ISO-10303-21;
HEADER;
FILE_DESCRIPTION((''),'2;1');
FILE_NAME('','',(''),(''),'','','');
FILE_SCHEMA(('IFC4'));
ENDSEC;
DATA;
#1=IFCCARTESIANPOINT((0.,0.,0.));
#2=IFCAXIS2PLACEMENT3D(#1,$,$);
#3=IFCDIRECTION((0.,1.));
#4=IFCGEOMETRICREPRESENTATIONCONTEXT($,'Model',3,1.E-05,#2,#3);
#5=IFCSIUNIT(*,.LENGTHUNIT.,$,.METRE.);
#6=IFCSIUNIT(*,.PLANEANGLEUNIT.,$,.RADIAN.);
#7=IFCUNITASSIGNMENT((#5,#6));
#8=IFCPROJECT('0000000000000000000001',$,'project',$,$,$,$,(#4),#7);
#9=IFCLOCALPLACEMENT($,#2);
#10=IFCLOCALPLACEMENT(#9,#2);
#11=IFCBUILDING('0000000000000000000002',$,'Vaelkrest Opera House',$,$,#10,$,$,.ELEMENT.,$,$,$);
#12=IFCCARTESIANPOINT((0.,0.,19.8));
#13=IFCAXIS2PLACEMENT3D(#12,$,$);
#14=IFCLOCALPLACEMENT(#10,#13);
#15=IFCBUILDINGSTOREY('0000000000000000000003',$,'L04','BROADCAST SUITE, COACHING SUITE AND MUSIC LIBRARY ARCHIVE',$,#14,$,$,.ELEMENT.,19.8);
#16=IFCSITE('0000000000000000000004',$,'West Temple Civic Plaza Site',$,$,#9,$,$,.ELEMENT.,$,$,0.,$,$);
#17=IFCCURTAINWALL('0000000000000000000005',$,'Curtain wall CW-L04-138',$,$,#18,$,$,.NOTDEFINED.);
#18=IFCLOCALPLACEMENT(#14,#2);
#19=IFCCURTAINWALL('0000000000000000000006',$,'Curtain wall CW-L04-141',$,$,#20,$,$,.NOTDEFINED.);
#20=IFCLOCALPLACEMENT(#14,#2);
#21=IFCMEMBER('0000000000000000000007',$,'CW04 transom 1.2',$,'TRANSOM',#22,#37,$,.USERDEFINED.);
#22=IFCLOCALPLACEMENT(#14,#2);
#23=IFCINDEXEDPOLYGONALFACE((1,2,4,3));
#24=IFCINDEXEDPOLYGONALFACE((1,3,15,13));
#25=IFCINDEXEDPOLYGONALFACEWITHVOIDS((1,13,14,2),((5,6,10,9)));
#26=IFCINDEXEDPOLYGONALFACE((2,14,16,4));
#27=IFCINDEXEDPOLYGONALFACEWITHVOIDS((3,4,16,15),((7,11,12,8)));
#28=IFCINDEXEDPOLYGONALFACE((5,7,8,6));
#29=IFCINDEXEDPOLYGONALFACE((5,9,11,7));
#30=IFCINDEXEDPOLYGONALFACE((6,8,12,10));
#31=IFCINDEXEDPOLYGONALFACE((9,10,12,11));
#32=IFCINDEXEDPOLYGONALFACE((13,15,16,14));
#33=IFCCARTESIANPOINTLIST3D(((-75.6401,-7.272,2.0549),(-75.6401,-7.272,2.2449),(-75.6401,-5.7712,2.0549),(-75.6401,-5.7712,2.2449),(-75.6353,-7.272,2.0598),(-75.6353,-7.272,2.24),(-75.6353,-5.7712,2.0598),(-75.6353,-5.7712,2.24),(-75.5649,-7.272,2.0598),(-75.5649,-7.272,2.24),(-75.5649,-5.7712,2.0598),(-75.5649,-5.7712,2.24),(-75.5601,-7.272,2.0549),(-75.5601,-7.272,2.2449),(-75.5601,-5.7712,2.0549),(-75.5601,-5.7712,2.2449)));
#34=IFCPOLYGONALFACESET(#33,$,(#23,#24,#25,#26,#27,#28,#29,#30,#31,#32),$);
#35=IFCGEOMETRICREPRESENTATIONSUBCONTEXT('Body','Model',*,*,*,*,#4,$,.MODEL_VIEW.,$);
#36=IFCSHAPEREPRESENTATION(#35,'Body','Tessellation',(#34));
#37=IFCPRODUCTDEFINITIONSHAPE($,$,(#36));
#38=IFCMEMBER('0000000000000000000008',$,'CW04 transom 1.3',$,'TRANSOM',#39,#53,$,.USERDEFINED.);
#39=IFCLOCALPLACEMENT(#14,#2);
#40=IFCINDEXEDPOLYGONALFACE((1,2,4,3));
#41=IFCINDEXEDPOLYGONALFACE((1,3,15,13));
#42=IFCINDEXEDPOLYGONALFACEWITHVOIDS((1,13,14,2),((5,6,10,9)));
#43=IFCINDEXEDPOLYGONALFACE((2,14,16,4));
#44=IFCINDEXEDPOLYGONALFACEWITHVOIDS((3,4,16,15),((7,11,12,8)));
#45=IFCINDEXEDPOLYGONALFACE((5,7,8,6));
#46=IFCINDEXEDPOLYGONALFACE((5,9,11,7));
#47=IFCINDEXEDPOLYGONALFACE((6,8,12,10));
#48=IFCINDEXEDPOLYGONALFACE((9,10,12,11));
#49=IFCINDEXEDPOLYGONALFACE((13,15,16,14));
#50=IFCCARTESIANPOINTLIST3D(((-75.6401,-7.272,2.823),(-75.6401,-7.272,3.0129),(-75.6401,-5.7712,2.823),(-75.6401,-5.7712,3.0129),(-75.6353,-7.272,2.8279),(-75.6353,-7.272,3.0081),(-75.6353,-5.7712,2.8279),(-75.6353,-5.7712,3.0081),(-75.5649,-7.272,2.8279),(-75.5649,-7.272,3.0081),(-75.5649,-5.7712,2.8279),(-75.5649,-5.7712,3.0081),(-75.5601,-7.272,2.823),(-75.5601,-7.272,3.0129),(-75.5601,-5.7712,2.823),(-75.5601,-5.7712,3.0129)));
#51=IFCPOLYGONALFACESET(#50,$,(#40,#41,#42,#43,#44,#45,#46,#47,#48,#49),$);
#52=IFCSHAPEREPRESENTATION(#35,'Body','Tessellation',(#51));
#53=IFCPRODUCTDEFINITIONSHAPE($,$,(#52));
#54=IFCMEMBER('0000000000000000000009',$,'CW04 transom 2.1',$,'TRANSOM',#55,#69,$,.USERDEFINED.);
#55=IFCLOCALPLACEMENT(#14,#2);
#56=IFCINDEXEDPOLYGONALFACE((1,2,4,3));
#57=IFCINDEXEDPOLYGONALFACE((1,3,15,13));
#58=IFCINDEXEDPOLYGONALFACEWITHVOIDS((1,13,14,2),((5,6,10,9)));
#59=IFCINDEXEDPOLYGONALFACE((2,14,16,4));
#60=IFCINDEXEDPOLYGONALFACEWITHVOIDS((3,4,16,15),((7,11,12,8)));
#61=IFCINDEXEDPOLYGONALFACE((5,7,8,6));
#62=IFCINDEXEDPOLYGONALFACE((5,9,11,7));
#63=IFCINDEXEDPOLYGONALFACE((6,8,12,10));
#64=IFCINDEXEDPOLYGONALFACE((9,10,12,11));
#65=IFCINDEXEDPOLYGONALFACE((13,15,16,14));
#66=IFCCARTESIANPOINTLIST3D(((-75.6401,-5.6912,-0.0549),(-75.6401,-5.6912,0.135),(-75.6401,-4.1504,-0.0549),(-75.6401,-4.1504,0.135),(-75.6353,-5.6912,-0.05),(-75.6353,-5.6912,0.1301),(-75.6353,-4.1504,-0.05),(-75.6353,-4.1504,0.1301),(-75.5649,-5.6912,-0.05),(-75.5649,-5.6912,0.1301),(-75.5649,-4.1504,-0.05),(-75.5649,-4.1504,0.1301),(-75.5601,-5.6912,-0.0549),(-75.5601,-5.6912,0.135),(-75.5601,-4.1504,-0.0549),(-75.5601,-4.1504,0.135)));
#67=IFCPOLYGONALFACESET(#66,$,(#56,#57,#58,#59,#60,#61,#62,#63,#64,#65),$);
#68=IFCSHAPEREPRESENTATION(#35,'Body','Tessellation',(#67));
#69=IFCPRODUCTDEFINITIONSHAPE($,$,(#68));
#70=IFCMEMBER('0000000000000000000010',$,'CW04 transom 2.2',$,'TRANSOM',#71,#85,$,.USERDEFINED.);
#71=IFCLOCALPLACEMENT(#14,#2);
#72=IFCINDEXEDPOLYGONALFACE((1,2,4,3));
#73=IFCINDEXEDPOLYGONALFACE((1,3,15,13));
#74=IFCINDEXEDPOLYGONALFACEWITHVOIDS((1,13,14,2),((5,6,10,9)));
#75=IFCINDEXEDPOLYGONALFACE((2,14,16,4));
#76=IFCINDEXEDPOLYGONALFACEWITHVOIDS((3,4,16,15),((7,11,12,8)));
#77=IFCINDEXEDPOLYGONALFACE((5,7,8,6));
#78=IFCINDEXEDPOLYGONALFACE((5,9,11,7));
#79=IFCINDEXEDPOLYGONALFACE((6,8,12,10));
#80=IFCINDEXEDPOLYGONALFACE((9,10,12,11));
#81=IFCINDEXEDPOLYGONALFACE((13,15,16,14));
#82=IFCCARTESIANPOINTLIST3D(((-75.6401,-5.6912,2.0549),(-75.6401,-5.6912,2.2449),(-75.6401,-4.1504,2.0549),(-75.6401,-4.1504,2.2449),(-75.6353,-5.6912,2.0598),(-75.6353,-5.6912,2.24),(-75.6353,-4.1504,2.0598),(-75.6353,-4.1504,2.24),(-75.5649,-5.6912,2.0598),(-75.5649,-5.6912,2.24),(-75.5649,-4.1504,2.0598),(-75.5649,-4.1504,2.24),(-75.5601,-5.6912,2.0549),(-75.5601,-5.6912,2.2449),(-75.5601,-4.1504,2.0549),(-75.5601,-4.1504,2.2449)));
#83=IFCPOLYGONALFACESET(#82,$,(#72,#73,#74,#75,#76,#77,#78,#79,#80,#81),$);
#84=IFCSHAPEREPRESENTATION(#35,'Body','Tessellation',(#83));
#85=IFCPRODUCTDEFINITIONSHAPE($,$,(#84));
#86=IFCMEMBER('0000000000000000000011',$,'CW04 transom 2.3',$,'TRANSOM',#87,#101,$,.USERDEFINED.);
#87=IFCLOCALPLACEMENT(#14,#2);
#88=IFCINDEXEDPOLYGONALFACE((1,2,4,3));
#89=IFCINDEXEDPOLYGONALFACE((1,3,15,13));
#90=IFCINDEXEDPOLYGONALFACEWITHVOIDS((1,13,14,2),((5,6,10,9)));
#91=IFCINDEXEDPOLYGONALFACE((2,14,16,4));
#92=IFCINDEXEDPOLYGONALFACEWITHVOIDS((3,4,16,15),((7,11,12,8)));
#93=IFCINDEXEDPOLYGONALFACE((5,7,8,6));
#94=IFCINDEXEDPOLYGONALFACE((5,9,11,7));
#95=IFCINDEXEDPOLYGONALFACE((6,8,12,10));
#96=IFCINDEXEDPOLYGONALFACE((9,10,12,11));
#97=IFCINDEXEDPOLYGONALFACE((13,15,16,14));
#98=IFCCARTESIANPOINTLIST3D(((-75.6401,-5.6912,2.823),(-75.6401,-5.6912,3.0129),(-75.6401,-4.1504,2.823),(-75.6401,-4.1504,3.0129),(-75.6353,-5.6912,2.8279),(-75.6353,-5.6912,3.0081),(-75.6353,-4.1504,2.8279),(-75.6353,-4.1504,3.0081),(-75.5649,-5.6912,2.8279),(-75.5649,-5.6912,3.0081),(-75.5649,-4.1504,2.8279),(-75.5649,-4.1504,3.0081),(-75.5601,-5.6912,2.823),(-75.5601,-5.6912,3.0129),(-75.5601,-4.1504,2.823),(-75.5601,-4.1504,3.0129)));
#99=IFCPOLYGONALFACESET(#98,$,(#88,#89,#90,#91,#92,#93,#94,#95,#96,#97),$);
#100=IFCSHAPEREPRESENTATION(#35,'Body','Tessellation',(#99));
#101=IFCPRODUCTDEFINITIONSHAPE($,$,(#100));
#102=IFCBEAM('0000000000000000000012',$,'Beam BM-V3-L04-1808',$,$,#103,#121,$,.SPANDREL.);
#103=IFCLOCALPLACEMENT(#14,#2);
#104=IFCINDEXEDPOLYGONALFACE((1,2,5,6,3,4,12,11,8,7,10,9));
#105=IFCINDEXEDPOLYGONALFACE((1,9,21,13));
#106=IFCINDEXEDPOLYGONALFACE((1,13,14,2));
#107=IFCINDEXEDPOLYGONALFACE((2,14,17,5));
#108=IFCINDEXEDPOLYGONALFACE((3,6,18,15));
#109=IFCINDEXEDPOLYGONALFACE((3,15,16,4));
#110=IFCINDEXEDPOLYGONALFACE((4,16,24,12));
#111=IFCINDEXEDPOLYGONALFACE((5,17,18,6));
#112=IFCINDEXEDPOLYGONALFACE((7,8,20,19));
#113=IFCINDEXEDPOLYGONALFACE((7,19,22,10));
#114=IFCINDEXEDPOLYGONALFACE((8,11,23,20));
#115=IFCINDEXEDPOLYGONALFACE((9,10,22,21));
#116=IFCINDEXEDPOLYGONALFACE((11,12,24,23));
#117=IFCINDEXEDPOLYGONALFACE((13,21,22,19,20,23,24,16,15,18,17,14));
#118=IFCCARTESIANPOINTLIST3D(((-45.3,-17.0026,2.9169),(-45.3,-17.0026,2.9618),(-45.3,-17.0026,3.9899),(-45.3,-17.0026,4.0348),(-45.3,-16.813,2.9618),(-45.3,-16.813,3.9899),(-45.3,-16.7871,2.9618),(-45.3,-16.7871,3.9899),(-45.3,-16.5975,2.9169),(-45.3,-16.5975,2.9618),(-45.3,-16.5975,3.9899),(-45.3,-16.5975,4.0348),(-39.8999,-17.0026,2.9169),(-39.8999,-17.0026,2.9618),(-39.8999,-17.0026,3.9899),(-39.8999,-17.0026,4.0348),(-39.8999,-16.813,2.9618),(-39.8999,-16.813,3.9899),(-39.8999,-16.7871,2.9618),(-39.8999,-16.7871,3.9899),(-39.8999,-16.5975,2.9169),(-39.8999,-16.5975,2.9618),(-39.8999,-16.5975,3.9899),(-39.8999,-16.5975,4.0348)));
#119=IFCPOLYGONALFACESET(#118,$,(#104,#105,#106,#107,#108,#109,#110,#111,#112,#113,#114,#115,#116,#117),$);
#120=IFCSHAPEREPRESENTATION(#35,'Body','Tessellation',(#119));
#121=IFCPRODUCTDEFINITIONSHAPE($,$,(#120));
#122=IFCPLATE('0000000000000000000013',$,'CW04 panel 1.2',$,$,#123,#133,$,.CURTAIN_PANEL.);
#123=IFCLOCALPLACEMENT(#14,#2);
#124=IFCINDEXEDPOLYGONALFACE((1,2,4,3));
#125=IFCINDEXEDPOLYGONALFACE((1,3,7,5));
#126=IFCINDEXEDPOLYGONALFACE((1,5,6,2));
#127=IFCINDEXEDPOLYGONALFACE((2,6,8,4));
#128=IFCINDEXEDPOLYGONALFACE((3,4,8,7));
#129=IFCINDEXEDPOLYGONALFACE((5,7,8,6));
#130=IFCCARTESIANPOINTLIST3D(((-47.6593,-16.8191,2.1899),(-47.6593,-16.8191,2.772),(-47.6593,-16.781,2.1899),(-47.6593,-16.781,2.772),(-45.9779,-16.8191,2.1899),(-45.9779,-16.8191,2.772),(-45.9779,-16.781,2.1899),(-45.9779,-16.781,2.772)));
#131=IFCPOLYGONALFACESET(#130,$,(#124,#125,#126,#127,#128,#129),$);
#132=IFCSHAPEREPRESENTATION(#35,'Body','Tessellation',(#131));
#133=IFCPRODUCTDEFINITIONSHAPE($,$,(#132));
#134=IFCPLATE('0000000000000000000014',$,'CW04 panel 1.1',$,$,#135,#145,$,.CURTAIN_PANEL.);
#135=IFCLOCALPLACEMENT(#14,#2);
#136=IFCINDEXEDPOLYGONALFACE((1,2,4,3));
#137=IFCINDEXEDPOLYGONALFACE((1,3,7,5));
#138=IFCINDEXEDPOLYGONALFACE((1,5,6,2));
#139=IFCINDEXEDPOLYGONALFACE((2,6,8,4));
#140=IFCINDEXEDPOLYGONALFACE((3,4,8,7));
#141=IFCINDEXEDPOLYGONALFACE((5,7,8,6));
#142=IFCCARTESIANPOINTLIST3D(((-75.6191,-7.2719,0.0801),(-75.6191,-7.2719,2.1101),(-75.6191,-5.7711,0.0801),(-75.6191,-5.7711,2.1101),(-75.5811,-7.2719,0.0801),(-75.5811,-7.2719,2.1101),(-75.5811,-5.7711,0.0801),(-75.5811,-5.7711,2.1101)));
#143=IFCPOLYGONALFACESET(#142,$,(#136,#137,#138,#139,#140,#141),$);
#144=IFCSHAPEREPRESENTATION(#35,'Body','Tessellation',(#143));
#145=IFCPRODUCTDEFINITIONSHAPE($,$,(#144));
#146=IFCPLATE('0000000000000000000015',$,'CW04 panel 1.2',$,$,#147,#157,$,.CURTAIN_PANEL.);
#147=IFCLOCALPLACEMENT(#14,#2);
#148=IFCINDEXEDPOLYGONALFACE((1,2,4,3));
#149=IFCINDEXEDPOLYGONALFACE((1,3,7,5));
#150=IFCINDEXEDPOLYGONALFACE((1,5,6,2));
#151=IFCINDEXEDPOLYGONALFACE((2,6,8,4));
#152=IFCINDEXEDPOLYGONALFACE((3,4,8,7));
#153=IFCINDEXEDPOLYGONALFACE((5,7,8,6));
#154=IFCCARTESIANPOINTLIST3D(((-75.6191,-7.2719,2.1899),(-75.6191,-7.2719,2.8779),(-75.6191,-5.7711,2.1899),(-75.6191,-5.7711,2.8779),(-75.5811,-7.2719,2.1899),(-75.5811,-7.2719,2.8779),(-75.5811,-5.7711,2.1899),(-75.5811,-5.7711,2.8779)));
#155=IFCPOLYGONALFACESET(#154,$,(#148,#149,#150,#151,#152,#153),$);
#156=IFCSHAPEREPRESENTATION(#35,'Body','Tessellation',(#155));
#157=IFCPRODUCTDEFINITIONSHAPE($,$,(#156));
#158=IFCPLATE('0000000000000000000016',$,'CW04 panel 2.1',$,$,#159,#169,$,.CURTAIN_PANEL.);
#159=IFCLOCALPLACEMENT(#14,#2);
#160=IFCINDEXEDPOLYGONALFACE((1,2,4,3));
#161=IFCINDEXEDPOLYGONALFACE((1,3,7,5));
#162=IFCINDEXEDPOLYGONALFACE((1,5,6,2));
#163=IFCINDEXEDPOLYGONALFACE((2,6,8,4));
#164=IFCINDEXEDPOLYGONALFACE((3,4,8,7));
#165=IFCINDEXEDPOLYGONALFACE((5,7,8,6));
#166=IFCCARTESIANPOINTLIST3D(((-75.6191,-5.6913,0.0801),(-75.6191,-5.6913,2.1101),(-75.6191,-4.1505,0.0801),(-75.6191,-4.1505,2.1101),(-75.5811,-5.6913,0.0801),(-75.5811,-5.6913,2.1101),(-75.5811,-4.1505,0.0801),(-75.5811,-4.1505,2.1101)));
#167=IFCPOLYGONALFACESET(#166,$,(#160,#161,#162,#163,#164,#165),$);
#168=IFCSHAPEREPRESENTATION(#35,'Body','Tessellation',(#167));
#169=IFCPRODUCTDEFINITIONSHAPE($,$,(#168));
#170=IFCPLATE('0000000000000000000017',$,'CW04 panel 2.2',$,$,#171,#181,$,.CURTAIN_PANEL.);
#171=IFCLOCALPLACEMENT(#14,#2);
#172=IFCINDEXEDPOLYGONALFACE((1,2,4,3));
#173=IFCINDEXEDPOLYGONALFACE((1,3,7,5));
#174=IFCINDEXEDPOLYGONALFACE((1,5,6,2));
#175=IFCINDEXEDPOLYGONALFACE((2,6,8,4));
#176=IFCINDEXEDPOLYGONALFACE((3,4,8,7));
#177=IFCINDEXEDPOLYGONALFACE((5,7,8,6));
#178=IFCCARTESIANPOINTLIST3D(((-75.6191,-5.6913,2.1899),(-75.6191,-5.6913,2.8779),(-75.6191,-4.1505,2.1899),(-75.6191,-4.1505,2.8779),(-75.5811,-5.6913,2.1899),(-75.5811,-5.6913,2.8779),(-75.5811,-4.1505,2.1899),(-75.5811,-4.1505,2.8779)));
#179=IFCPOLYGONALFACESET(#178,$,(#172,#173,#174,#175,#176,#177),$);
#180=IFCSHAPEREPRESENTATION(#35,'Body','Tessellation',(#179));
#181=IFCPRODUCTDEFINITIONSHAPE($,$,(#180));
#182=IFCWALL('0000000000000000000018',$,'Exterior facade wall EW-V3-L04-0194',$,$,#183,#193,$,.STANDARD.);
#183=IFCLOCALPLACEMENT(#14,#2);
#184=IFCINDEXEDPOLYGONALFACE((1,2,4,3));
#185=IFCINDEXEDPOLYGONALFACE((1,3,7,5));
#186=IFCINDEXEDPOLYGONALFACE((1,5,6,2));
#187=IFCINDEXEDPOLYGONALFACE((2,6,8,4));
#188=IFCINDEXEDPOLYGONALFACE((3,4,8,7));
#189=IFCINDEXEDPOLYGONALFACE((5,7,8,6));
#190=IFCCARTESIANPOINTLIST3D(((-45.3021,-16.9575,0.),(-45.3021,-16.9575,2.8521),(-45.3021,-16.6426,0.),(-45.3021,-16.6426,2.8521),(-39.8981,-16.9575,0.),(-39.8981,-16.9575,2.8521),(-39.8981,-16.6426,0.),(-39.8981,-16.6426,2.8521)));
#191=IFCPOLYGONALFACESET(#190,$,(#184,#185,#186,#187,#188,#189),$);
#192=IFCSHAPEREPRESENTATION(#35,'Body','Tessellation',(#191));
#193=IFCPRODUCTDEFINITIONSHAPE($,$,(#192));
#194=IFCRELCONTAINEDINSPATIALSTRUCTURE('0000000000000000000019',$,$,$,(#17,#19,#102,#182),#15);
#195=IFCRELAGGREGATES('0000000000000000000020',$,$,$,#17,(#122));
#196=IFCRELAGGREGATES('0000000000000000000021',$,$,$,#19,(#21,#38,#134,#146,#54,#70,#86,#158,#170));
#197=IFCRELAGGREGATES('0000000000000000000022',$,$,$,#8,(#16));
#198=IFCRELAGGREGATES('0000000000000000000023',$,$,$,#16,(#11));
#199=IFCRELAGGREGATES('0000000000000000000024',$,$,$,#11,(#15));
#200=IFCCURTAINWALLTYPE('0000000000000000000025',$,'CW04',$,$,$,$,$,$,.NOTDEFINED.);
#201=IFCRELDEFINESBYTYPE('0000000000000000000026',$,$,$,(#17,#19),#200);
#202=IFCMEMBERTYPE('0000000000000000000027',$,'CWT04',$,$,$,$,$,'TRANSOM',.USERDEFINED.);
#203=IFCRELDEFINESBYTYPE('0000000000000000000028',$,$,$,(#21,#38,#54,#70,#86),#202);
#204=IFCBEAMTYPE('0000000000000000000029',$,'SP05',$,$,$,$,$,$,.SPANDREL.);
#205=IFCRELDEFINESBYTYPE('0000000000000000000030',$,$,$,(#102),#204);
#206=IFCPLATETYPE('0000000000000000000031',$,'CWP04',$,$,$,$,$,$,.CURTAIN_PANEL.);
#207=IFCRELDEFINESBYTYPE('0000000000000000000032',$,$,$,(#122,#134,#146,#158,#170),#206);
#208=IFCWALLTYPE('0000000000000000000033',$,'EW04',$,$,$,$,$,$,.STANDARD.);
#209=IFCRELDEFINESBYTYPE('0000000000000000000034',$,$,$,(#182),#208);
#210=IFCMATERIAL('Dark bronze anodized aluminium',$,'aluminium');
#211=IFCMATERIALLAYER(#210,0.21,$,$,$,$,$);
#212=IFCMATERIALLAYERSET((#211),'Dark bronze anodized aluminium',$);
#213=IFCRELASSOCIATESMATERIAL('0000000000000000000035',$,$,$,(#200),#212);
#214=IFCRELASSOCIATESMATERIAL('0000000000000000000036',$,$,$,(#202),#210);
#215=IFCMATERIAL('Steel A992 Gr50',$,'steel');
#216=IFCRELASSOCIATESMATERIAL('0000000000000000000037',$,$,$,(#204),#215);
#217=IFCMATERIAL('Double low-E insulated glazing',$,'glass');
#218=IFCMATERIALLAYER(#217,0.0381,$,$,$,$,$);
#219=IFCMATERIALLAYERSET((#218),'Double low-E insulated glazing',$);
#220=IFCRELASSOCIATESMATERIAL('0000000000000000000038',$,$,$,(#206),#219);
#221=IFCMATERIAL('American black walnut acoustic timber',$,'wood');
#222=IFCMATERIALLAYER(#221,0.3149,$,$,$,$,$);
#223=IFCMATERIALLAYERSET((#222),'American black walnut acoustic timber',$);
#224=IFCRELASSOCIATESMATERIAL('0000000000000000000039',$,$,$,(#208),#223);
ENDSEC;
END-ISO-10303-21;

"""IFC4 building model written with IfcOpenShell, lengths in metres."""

from ifc_helpers import new_model, si_unit, direction, frame, frame_2d, origin, origin_2d, place, context, subcontext, project, spatial, rectangle, hollow_rectangle, i_section, extrude, material, layer, layer_set, material_profile, profile_set, type_object, element, aggregate, save


model = new_model("IFC4")

# Units and contexts
model_context = context("Model", 3, precision=1e-05, world=origin(), true_north=direction((0.0, 1.0)))
body_context = subcontext(model_context, "Body", "Model", "MODEL_VIEW")
ifc_project = project(units=[si_unit("LENGTHUNIT", "METRE"), si_unit("PLANEANGLEUNIT", "RADIAN")], contexts=[model_context])

# Site, building, storey
site_placement = place(None, origin())
site = spatial("IfcSite", under=ifc_project, at=site_placement, Name="West Temple Civic Plaza Site", CompositionType="ELEMENT", RefElevation=0.0)
building_placement = place(site_placement, origin())
building = spatial("IfcBuilding", under=site, at=building_placement, Name="Vaelkrest Opera House", CompositionType="ELEMENT")
storey_placement = place(building_placement, frame((0.0, 0.0, 19.8)))
storey = spatial("IfcBuildingStorey", under=building, at=storey_placement, Name="L04", Description="BROADCAST SUITE, COACHING SUITE AND MUSIC LIBRARY ARCHIVE", CompositionType="ELEMENT", Elevation=19.8)

# Curtain wall
ifc_material_1 = material(Name="Dark bronze anodized aluminium", Category="aluminium")
ifc_layer_1 = layer(ifc_material_1, 0.21)
ifc_layer_set_1 = layer_set([ifc_layer_1], Name="Dark bronze anodized aluminium")
curtain_wall_type = type_object("IfcCurtainWallType", Name="CW04", PredefinedType="NOTDEFINED", material=ifc_layer_set_1)
curtain_wall_1_placement = place(storey_placement, origin())
curtain_wall_1 = element("IfcCurtainWall", 1, at=curtain_wall_1_placement, inside=storey, type_object=curtain_wall_type, Name="Curtain wall CW-L04-138", PredefinedType="NOTDEFINED")

# Curtain wall
curtain_wall_2_placement = place(storey_placement, origin())
curtain_wall_2 = element("IfcCurtainWall", 2, at=curtain_wall_2_placement, inside=storey, type_object=curtain_wall_type, Name="Curtain wall CW-L04-141", PredefinedType="NOTDEFINED")

# Members
ifc_material_profile_1 = material_profile(ifc_material_1, hollow_rectangle(XDim=0.0801, YDim=0.1899, WallThickness=0.0049, at=origin_2d()), Name="CWT80X190")
ifc_profile_set_1 = profile_set([ifc_material_profile_1], Name="Dark bronze anodized aluminium")
member_type_1 = type_object("IfcMemberType", Name="CWT04", ElementType="TRANSOM", PredefinedType="USERDEFINED", material=ifc_profile_set_1)
member_1_placement = place(storey_placement, frame((-75.6001, -7.272, 2.1499), z_axis=(0.0, 1.0, 0.0), x_axis=(-1.0, 0.0, 0.0)))
member_1 = element("IfcMember", 3, at=member_1_placement, type_object=member_type_1, Name="CW04 transom 1.2", ObjectType="TRANSOM", PredefinedType="USERDEFINED", context=body_context, shape_type="SweptSolid", body=[
    extrude(hollow_rectangle(XDim=0.0801, YDim=0.1899, WallThickness=0.0049, at=origin_2d()), origin(), (0.0, 0.0, 1.0), 1.5007),
])
member_2_placement = place(storey_placement, frame((-75.6001, -7.272, 2.918), z_axis=(0.0, 1.0, 0.0), x_axis=(-1.0, 0.0, 0.0)))
member_2 = element("IfcMember", 4, at=member_2_placement, type_object=member_type_1, Name="CW04 transom 1.3", ObjectType="TRANSOM", PredefinedType="USERDEFINED", context=body_context, shape_type="SweptSolid", body=[
    extrude(hollow_rectangle(XDim=0.0801, YDim=0.1899, WallThickness=0.0049, at=origin_2d()), origin(), (0.0, 0.0, 1.0), 1.5007),
])
member_3_placement = place(storey_placement, frame((-75.6001, -5.6912, 0.04), z_axis=(0.0, 1.0, 0.0), x_axis=(-1.0, 0.0, 0.0)))
member_3 = element("IfcMember", 5, at=member_3_placement, type_object=member_type_1, Name="CW04 transom 2.1", ObjectType="TRANSOM", PredefinedType="USERDEFINED", context=body_context, shape_type="SweptSolid", body=[
    extrude(hollow_rectangle(XDim=0.0801, YDim=0.1899, WallThickness=0.0049, at=origin_2d()), origin(), (0.0, 0.0, 1.0), 1.5408),
])
member_4_placement = place(storey_placement, frame((-75.6001, -5.6912, 2.1499), z_axis=(0.0, 1.0, 0.0), x_axis=(-1.0, 0.0, 0.0)))
member_4 = element("IfcMember", 6, at=member_4_placement, type_object=member_type_1, Name="CW04 transom 2.2", ObjectType="TRANSOM", PredefinedType="USERDEFINED", context=body_context, shape_type="SweptSolid", body=[
    extrude(hollow_rectangle(XDim=0.0801, YDim=0.1899, WallThickness=0.0049, at=origin_2d()), origin(), (0.0, 0.0, 1.0), 1.5408),
])
member_5_placement = place(storey_placement, frame((-75.6001, -5.6912, 2.918), z_axis=(0.0, 1.0, 0.0), x_axis=(-1.0, 0.0, 0.0)))
member_5 = element("IfcMember", 7, at=member_5_placement, type_object=member_type_1, Name="CW04 transom 2.3", ObjectType="TRANSOM", PredefinedType="USERDEFINED", context=body_context, shape_type="SweptSolid", body=[
    extrude(hollow_rectangle(XDim=0.0801, YDim=0.1899, WallThickness=0.0049, at=origin_2d()), origin(), (0.0, 0.0, 1.0), 1.5408),
])

# Beam
ifc_material_2 = material(Name="Steel A992 Gr50", Category="steel")
ifc_material_profile_2 = material_profile(ifc_material_2, i_section(OverallWidth=0.405, OverallDepth=1.1179, WebThickness=0.0259, FlangeThickness=0.0449, at=origin_2d()), Name="W44X335")
ifc_profile_set_2 = profile_set([ifc_material_profile_2], Name="Steel A992 Gr50")
beam_type = type_object("IfcBeamType", Name="SP05", PredefinedType="SPANDREL", material=ifc_profile_set_2)
beam_placement = place(storey_placement, frame((-45.3, -16.8, 3.4758), z_axis=(1.0, 0.0, 0.0), x_axis=(0.0, 1.0, 0.0)))
element("IfcBeam", 8, at=beam_placement, inside=storey, type_object=beam_type, Name="Beam BM-V3-L04-1808", PredefinedType="SPANDREL", context=body_context, shape_type="SweptSolid", body=[
    extrude(i_section(OverallWidth=0.405, OverallDepth=1.1179, WebThickness=0.0259, FlangeThickness=0.0449, at=origin_2d()), origin(), (0.0, 0.0, 1.0), 5.4001),
])

# Plates
ifc_material_3 = material(Name="Double low-E insulated glazing", Category="glass")
ifc_layer_2 = layer(ifc_material_3, 0.0381)
ifc_layer_set_2 = layer_set([ifc_layer_2], Name="Double low-E insulated glazing")
plate_type = type_object("IfcPlateType", Name="CWP04", PredefinedType="CURTAIN_PANEL", material=ifc_layer_set_2)
plate_1_placement = place(storey_placement, frame((-46.8186, -16.8, 2.1899), z_axis=(0.0, 0.0, 1.0), x_axis=(-1.0, 0.0, 0.0)))
plate_1 = element("IfcPlate", 9, at=plate_1_placement, type_object=plate_type, Name="CW04 panel 1.2", PredefinedType="CURTAIN_PANEL", context=body_context, shape_type="SweptSolid", body=[
    extrude(rectangle(XDim=1.6814, YDim=0.0381, at=origin_2d()), origin(), (0.0, 0.0, 1.0), 0.582),
])
aggregate(curtain_wall_1, [plate_1])
plate_2_placement = place(storey_placement, frame((-75.6001, -6.5215, 0.0801), z_axis=(0.0, 0.0, 1.0), x_axis=(0.0, 1.0, 0.0)))
plate_2 = element("IfcPlate", 10, at=plate_2_placement, type_object=plate_type, Name="CW04 panel 1.1", PredefinedType="CURTAIN_PANEL", context=body_context, shape_type="SweptSolid", body=[
    extrude(rectangle(XDim=1.5007, YDim=0.0381, at=origin_2d()), origin(), (0.0, 0.0, 1.0), 2.03),
])
plate_3_placement = place(storey_placement, frame((-75.6001, -6.5215, 2.1899), z_axis=(0.0, 0.0, 1.0), x_axis=(0.0, 1.0, 0.0)))
plate_3 = element("IfcPlate", 11, at=plate_3_placement, type_object=plate_type, Name="CW04 panel 1.2", PredefinedType="CURTAIN_PANEL", context=body_context, shape_type="SweptSolid", body=[
    extrude(rectangle(XDim=1.5007, YDim=0.0381, at=origin_2d()), origin(), (0.0, 0.0, 1.0), 0.688),
])
plate_4_placement = place(storey_placement, frame((-75.6001, -4.9209, 0.0801), z_axis=(0.0, 0.0, 1.0), x_axis=(0.0, 1.0, 0.0)))
plate_4 = element("IfcPlate", 12, at=plate_4_placement, type_object=plate_type, Name="CW04 panel 2.1", PredefinedType="CURTAIN_PANEL", context=body_context, shape_type="SweptSolid", body=[
    extrude(rectangle(XDim=1.5408, YDim=0.0381, at=origin_2d()), origin(), (0.0, 0.0, 1.0), 2.03),
])
plate_5_placement = place(storey_placement, frame((-75.6001, -4.9209, 2.1899), z_axis=(0.0, 0.0, 1.0), x_axis=(0.0, 1.0, 0.0)))
plate_5 = element("IfcPlate", 13, at=plate_5_placement, type_object=plate_type, Name="CW04 panel 2.2", PredefinedType="CURTAIN_PANEL", context=body_context, shape_type="SweptSolid", body=[
    extrude(rectangle(XDim=1.5408, YDim=0.0381, at=origin_2d()), origin(), (0.0, 0.0, 1.0), 0.688),
])
aggregate(curtain_wall_2, [member_1, member_2, plate_2, plate_3, member_3, member_4, member_5, plate_4, plate_5])

# Wall
ifc_material_4 = material(Name="American black walnut acoustic timber", Category="wood")
ifc_layer_3 = layer(ifc_material_4, 0.3149)
ifc_layer_set_3 = layer_set([ifc_layer_3], Name="American black walnut acoustic timber")
wall_type_1 = type_object("IfcWallType", Name="EW04", PredefinedType="STANDARD", material=ifc_layer_set_3)
wall_1_placement = place(storey_placement, frame((-39.8979, -16.8, 0.0), z_axis=(0.0, 0.0, 1.0), x_axis=(-1.0, 0.0, 0.0)))
element("IfcWall", 14, at=wall_1_placement, inside=storey, type_object=wall_type_1, Name="Exterior facade wall EW-V3-L04-0194", PredefinedType="STANDARD", context=body_context, shape_type="SweptSolid", body=[
    extrude(rectangle(XDim=5.4041, YDim=0.3149, at=frame_2d((2.7021, 0.0))), origin(), (0.0, 0.0, 1.0), 2.8521),
])

save(model, "model.ifc")
